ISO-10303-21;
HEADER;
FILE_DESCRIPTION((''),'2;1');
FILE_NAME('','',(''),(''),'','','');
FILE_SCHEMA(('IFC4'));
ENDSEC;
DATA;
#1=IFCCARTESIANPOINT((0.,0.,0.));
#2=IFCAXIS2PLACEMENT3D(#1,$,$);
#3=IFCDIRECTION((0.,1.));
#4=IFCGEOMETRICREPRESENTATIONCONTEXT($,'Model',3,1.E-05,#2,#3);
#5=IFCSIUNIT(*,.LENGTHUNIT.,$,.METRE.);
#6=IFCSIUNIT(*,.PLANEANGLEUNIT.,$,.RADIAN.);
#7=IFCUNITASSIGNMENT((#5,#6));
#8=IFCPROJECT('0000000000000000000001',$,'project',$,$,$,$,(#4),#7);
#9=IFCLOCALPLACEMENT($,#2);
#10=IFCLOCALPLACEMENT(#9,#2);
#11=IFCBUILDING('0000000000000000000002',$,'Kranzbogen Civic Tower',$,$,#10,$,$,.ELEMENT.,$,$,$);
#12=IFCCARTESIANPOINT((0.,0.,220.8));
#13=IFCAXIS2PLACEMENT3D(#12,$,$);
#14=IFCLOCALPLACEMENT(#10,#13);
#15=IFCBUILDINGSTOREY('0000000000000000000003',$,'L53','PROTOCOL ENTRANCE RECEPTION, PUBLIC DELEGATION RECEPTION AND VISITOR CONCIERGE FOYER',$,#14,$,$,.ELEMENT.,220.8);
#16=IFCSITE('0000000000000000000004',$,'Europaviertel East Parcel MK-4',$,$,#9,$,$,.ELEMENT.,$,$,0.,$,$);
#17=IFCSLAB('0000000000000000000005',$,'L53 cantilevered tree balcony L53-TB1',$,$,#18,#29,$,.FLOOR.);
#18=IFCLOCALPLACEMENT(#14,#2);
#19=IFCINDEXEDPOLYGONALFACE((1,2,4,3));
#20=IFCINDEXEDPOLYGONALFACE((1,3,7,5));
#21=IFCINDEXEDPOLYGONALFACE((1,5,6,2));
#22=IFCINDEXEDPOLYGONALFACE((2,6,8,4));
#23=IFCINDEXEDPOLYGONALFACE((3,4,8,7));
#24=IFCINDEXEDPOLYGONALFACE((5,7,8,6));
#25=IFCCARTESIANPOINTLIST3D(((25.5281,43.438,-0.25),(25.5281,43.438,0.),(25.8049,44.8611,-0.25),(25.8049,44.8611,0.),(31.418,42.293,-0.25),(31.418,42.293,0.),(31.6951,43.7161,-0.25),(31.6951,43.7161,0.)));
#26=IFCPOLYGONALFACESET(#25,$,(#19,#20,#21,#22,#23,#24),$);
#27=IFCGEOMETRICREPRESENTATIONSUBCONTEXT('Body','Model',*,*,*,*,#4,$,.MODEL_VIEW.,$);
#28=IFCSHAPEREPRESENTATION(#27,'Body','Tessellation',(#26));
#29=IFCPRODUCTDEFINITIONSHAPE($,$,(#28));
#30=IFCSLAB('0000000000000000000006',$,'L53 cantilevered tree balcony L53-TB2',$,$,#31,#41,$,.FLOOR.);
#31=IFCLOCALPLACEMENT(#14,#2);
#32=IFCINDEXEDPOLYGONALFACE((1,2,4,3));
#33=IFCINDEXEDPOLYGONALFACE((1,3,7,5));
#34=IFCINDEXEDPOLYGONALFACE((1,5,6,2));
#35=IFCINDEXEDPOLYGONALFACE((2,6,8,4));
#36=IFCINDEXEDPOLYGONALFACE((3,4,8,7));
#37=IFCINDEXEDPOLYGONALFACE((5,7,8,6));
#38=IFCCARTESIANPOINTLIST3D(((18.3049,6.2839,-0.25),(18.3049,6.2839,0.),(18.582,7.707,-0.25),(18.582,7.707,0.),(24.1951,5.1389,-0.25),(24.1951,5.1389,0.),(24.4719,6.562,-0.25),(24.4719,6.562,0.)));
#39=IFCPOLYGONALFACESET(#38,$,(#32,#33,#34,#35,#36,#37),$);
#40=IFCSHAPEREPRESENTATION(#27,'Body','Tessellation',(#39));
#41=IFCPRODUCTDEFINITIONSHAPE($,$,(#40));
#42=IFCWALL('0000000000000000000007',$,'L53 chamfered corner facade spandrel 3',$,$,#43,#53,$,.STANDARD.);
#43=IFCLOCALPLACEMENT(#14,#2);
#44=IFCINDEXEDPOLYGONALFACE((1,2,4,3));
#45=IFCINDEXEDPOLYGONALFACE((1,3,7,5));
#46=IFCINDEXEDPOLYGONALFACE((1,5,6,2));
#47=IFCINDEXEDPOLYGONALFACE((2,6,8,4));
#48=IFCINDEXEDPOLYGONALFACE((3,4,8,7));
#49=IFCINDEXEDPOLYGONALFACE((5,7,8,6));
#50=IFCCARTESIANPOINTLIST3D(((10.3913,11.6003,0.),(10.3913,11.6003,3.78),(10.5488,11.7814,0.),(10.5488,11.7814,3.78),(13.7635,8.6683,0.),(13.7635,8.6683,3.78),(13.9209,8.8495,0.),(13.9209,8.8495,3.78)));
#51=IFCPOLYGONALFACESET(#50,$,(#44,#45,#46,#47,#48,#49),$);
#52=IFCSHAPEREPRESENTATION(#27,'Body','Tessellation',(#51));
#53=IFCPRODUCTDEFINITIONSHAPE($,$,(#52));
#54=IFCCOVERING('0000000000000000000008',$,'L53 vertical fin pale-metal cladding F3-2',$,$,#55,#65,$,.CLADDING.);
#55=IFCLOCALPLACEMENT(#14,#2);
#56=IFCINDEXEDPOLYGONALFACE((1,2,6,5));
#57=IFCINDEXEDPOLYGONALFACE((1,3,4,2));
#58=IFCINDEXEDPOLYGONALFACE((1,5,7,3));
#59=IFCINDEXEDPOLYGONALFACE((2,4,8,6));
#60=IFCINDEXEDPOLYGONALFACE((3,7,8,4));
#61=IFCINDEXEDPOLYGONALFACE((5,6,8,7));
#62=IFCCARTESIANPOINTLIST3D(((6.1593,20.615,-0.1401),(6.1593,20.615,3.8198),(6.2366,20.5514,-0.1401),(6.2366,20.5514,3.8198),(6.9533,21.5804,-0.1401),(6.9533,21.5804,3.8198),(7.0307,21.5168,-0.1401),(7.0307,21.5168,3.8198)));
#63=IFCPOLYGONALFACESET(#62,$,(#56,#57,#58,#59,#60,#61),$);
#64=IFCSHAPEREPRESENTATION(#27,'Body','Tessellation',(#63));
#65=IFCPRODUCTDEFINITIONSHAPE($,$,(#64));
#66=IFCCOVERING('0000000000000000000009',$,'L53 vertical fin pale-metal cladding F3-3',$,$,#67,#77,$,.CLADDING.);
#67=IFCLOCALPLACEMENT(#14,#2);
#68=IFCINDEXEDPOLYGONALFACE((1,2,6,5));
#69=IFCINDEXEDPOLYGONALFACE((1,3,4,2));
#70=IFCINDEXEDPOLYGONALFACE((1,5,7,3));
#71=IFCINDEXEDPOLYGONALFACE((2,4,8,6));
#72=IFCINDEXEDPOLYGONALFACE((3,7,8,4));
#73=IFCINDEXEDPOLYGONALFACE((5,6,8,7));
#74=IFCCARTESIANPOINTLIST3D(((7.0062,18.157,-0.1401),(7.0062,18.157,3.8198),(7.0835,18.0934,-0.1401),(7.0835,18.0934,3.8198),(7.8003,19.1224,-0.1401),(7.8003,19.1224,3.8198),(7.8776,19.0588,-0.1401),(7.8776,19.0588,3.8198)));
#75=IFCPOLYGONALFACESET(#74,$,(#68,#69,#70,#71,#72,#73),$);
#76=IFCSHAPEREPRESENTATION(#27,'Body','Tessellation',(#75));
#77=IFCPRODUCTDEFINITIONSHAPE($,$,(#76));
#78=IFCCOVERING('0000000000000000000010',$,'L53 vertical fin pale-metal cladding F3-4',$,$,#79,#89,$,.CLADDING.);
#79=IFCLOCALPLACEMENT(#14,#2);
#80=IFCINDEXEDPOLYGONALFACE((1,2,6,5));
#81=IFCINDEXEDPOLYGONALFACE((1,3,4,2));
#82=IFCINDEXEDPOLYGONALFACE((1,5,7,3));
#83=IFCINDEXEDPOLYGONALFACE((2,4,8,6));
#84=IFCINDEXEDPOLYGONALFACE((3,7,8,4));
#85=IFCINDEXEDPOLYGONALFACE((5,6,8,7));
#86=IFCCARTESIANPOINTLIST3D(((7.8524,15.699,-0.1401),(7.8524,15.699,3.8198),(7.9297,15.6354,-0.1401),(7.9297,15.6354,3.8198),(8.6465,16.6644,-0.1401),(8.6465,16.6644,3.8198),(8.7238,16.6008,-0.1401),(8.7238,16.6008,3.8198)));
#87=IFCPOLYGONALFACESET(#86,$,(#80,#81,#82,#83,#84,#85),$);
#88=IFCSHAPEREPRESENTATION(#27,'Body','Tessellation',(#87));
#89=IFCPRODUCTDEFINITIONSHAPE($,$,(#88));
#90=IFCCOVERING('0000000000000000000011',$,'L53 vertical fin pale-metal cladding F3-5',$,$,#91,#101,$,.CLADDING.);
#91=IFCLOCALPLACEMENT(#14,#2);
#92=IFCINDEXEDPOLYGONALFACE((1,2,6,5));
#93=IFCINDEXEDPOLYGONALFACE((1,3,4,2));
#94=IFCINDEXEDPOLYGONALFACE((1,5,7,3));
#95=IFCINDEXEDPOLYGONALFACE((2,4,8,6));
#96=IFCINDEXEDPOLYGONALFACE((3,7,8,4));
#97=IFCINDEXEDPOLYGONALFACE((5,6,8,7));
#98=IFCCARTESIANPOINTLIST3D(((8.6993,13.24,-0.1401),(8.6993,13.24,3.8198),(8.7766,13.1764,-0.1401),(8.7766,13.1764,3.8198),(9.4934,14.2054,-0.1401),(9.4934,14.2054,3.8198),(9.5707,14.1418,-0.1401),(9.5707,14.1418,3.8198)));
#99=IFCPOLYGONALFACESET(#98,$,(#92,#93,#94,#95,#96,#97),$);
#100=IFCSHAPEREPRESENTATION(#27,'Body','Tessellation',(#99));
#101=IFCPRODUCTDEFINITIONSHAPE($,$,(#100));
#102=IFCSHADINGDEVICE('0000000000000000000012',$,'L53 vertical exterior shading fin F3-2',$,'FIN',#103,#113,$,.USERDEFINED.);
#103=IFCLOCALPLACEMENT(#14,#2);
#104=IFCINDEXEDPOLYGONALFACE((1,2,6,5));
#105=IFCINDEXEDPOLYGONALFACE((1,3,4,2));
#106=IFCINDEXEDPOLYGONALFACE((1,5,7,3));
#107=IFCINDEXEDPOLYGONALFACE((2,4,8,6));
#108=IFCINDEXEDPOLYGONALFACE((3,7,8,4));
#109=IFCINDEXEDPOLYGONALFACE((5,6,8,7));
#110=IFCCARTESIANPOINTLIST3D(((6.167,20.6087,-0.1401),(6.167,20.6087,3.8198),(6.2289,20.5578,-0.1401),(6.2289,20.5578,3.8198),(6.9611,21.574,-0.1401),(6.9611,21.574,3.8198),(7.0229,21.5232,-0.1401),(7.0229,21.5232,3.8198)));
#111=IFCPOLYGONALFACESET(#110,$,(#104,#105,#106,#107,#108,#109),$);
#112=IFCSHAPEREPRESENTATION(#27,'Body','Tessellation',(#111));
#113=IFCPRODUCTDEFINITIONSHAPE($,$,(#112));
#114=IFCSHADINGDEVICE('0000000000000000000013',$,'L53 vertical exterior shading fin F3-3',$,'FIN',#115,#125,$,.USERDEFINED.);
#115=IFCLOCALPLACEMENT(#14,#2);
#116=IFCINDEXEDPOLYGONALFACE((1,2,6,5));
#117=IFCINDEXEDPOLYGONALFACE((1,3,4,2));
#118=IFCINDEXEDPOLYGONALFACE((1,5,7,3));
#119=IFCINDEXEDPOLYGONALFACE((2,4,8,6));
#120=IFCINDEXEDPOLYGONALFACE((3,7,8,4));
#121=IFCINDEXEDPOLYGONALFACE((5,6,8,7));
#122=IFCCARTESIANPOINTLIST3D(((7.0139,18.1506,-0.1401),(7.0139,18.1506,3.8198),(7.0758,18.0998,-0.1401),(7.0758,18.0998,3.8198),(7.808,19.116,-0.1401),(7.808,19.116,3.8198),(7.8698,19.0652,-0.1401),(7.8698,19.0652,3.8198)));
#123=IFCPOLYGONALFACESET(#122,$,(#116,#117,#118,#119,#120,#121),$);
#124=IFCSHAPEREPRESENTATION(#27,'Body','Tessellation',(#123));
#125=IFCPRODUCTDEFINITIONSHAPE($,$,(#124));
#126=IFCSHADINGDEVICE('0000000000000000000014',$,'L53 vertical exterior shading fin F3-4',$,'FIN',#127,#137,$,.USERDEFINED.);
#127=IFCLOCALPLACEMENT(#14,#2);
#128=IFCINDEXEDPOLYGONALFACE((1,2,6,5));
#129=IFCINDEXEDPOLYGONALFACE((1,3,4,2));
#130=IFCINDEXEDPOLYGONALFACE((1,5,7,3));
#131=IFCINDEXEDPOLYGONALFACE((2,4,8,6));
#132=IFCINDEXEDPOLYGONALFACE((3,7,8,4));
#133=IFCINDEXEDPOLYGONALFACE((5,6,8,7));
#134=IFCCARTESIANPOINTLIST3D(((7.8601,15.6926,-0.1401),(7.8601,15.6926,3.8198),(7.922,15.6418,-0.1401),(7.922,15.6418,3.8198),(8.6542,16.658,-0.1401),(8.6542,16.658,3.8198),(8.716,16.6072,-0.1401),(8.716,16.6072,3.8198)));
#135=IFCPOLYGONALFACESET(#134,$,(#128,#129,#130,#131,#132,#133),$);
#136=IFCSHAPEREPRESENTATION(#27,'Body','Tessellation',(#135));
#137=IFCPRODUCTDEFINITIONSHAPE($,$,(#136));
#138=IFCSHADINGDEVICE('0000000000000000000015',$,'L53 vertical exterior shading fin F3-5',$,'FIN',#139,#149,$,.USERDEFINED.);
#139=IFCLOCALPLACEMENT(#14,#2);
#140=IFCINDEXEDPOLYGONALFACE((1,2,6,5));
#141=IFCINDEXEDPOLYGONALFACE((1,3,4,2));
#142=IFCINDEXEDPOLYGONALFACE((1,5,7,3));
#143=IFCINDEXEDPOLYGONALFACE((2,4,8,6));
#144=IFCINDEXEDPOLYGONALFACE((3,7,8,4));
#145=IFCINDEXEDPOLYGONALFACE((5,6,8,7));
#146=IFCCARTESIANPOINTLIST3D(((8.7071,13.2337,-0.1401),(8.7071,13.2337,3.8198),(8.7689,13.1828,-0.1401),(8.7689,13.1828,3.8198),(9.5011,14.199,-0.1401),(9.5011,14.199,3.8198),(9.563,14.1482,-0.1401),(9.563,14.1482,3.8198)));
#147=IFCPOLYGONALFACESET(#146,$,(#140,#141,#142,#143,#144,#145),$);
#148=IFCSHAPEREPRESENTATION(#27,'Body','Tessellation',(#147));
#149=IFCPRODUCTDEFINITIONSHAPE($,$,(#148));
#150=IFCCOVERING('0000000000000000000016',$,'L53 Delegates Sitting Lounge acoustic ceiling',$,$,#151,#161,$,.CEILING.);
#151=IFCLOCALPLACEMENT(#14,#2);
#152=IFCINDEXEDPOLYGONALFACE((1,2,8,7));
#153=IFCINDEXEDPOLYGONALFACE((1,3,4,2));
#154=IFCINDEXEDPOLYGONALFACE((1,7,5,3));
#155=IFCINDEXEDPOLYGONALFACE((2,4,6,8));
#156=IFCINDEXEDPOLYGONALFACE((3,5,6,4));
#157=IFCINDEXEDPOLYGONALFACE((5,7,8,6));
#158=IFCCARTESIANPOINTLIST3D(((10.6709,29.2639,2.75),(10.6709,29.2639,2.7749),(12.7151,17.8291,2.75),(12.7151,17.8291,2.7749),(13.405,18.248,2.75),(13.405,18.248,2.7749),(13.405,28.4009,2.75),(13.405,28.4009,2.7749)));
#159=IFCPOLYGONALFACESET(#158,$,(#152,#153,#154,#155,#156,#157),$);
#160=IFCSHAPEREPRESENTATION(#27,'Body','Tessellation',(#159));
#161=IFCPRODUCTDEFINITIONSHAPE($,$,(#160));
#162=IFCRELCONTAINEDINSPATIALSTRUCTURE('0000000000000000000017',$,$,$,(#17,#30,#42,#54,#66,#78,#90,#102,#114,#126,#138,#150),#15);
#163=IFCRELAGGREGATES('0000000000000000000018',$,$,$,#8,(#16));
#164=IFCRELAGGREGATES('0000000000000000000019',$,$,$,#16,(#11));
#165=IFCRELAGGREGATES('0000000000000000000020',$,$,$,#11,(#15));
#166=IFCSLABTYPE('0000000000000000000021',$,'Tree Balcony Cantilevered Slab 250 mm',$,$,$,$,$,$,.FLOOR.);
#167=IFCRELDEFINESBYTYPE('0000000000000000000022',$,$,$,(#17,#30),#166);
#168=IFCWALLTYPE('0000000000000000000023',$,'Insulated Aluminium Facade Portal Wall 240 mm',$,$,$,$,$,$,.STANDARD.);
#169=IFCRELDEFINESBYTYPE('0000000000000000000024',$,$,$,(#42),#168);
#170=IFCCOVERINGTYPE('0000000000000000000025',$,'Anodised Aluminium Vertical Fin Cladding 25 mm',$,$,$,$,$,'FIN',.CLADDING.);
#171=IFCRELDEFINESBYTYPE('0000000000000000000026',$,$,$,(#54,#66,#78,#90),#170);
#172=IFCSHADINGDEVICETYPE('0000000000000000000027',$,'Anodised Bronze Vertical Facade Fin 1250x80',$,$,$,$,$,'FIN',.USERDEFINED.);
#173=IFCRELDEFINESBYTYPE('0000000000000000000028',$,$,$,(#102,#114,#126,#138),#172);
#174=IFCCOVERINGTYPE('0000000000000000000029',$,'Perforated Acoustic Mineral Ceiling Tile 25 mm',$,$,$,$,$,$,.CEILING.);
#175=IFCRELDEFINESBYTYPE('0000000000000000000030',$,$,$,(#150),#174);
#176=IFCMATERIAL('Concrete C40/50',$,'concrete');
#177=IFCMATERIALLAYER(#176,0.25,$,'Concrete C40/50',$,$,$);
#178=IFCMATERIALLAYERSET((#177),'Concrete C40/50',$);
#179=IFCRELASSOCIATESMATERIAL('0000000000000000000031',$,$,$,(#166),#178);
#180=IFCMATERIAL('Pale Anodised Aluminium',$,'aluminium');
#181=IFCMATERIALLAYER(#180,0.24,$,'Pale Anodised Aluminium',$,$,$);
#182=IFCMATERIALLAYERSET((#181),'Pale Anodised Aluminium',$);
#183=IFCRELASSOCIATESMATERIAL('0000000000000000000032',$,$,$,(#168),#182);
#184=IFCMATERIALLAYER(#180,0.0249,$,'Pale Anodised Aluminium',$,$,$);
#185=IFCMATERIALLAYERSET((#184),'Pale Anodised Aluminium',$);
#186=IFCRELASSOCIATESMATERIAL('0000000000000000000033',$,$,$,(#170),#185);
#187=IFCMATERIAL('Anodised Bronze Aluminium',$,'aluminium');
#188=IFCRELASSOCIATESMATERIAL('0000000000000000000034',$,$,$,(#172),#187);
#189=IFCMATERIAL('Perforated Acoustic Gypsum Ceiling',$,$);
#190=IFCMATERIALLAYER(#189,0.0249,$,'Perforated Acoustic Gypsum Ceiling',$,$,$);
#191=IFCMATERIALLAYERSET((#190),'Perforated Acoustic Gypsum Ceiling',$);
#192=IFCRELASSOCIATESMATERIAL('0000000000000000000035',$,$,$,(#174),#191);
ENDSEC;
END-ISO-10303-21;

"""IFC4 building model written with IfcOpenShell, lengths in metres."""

from ifc_helpers import new_model, si_unit, direction, frame, frame_2d, origin, origin_2d, place, context, subcontext, project, spatial, polyline, rectangle, outline, extrude, material, layer, layer_set, type_object, element, save


model = new_model("IFC4")

# Units and contexts
model_context = context("Model", 3, precision=1e-05, world=origin(), true_north=direction((0.0, 1.0)))
body_context = subcontext(model_context, "Body", "Model", "MODEL_VIEW")
ifc_project = project(units=[si_unit("LENGTHUNIT", "METRE"), si_unit("PLANEANGLEUNIT", "RADIAN")], contexts=[model_context])

# Site, building, storey
site_placement = place(None, origin())
site = spatial("IfcSite", under=ifc_project, at=site_placement, Name="Europaviertel East Parcel MK-4", CompositionType="ELEMENT", RefElevation=0.0)
building_placement = place(site_placement, origin())
building = spatial("IfcBuilding", under=site, at=building_placement, Name="Kranzbogen Civic Tower", CompositionType="ELEMENT")
storey_placement = place(building_placement, frame((0.0, 0.0, 220.8)))
storey = spatial("IfcBuildingStorey", under=building, at=storey_placement, Name="L53", Description="PROTOCOL ENTRANCE RECEPTION, PUBLIC DELEGATION RECEPTION AND VISITOR CONCIERGE FOYER", CompositionType="ELEMENT", Elevation=220.8)

# Shared definitions
ifc_material_1 = material(Name="Pale Anodised Aluminium", Category="aluminium")

# Shared definitions
ifc_material_2 = material(Name="Concrete C40/50", Category="concrete")

# Slabs
ifc_layer_1 = layer(ifc_material_2, 0.25, Name="Concrete C40/50")
ifc_layer_set_1 = layer_set([ifc_layer_1], Name="Concrete C40/50")
slab_type_1 = type_object("IfcSlabType", Name="Tree Balcony Cantilevered Slab 250 mm", PredefinedType="FLOOR", material=ifc_layer_set_1)
slab_1_placement = place(storey_placement, frame((0.0, 0.0, -0.25)))
element("IfcSlab", 1, at=slab_1_placement, inside=storey, type_object=slab_type_1, Name="L53 cantilevered tree balcony L53-TB1", PredefinedType="FLOOR", context=body_context, shape_type="SweptSolid", body=[
    extrude(outline(polyline([(31.418, 42.293), (25.5281, 43.438), (25.8049, 44.8611), (31.6951, 43.7161), (31.418, 42.293)])), origin(), (0.0, 0.0, 1.0), 0.25),
])
slab_2_placement = place(storey_placement, frame((0.0, 0.0, -0.25)))
element("IfcSlab", 2, at=slab_2_placement, inside=storey, type_object=slab_type_1, Name="L53 cantilevered tree balcony L53-TB2", PredefinedType="FLOOR", context=body_context, shape_type="SweptSolid", body=[
    extrude(outline(polyline([(18.582, 7.707), (24.4719, 6.562), (24.1951, 5.1389), (18.3049, 6.2839), (18.582, 7.707)])), origin(), (0.0, 0.0, 1.0), 0.25),
])

# Wall
ifc_layer_2 = layer(ifc_material_1, 0.24, Name="Pale Anodised Aluminium")
ifc_layer_set_2 = layer_set([ifc_layer_2], Name="Pale Anodised Aluminium")
wall_type = type_object("IfcWallType", Name="Insulated Aluminium Facade Portal Wall 240 mm", PredefinedType="STANDARD", material=ifc_layer_set_2)
wall_placement = place(storey_placement, frame((10.47, 11.6909, 0.0), z_axis=(0.0, 0.0, 1.0), x_axis=(0.754644, -0.656134, 0.0)))
element("IfcWall", 3, at=wall_placement, inside=storey, type_object=wall_type, Name="L53 chamfered corner facade spandrel 3", PredefinedType="STANDARD", context=body_context, shape_type="SweptSolid", body=[
    extrude(rectangle(XDim=4.4685, YDim=0.24, at=frame_2d((2.2344, 0.0))), origin(), (0.0, 0.0, 1.0), 3.78),
])

# Coverings
ifc_layer_3 = layer(ifc_material_1, 0.0249, Name="Pale Anodised Aluminium")
ifc_layer_set_3 = layer_set([ifc_layer_3], Name="Pale Anodised Aluminium")
covering_type_1 = type_object("IfcCoveringType", Name="Anodised Aluminium Vertical Fin Cladding 25 mm", ElementType="FIN", PredefinedType="CLADDING", material=ifc_layer_set_3)
for number, where, z_axis, x_axis, name in (
    (4, (6.595, 21.0659, -0.1401), (0.0, 0.0, 1.0), (-0.635243, -0.772312, 0.0), "L53 vertical fin pale-metal cladding F3-2"),
    (5, (7.4419, 18.6079, -0.1401), (0.0, 0.0, 1.0), (-0.635243, -0.772312, 0.0), "L53 vertical fin pale-metal cladding F3-3"),
    (6, (8.2881, 16.1499, -0.1401), (0.0, 0.0, 1.0), (-0.635243, -0.772312, 0.0), "L53 vertical fin pale-metal cladding F3-4"),
    (7, (9.135, 13.6909, -0.1401), (0.0, 0.0, 1.0), (-0.635243, -0.772312, 0.0), "L53 vertical fin pale-metal cladding F3-5"),
):
    element("IfcCovering", number, at=place(storey_placement, frame(where, z_axis=z_axis, x_axis=x_axis)), inside=storey, type_object=covering_type_1, Name=name, PredefinedType="CLADDING", context=body_context, shape_type="SweptSolid", body=[
        extrude(rectangle(XDim=1.25, YDim=0.1001, at=origin_2d()), origin(), (0.0, 0.0, 1.0), 3.96),
    ])

# Shading devices
ifc_material_3 = material(Name="Anodised Bronze Aluminium", Category="aluminium")
shading_device_type = type_object("IfcShadingDeviceType", Name="Anodised Bronze Vertical Facade Fin 1250x80", ElementType="FIN", PredefinedType="USERDEFINED", material=ifc_material_3)
for number, where, z_axis, x_axis, name in (
    (8, (6.595, 21.0659, -0.1401), (0.0, 0.0, 1.0), (-0.635243, -0.772312, 0.0), "L53 vertical exterior shading fin F3-2"),
    (9, (7.4419, 18.6079, -0.1401), (0.0, 0.0, 1.0), (-0.635243, -0.772312, 0.0), "L53 vertical exterior shading fin F3-3"),
    (10, (8.2881, 16.1499, -0.1401), (0.0, 0.0, 1.0), (-0.635243, -0.772312, 0.0), "L53 vertical exterior shading fin F3-4"),
    (11, (9.135, 13.6909, -0.1401), (0.0, 0.0, 1.0), (-0.635243, -0.772312, 0.0), "L53 vertical exterior shading fin F3-5"),
):
    element("IfcShadingDevice", number, at=place(storey_placement, frame(where, z_axis=z_axis, x_axis=x_axis)), inside=storey, type_object=shading_device_type, Name=name, ObjectType="FIN", PredefinedType="USERDEFINED", context=body_context, shape_type="SweptSolid", body=[
        extrude(rectangle(XDim=1.25, YDim=0.0801, at=origin_2d()), origin(), (0.0, 0.0, 1.0), 3.96),
    ])

# Covering
ifc_material_4 = material(Name="Perforated Acoustic Gypsum Ceiling")
ifc_layer_4 = layer(ifc_material_4, 0.0249, Name="Perforated Acoustic Gypsum Ceiling")
ifc_layer_set_4 = layer_set([ifc_layer_4], Name="Perforated Acoustic Gypsum Ceiling")
covering_type_2 = type_object("IfcCoveringType", Name="Perforated Acoustic Mineral Ceiling Tile 25 mm", PredefinedType="CEILING", material=ifc_layer_set_4)
covering_1_placement = place(storey_placement, frame((0.0, 0.0, 2.75)))
element("IfcCovering", 12, at=covering_1_placement, inside=storey, type_object=covering_type_2, Name="L53 Delegates Sitting Lounge acoustic ceiling", PredefinedType="CEILING", context=body_context, shape_type="SweptSolid", body=[
    extrude(outline(polyline([(13.405, 18.248), (12.7151, 17.8291), (10.6709, 29.2639), (13.405, 28.4009), (13.405, 18.248)])), origin(), (0.0, 0.0, 1.0), 0.0249),
])

save(model, "model.ifc")
